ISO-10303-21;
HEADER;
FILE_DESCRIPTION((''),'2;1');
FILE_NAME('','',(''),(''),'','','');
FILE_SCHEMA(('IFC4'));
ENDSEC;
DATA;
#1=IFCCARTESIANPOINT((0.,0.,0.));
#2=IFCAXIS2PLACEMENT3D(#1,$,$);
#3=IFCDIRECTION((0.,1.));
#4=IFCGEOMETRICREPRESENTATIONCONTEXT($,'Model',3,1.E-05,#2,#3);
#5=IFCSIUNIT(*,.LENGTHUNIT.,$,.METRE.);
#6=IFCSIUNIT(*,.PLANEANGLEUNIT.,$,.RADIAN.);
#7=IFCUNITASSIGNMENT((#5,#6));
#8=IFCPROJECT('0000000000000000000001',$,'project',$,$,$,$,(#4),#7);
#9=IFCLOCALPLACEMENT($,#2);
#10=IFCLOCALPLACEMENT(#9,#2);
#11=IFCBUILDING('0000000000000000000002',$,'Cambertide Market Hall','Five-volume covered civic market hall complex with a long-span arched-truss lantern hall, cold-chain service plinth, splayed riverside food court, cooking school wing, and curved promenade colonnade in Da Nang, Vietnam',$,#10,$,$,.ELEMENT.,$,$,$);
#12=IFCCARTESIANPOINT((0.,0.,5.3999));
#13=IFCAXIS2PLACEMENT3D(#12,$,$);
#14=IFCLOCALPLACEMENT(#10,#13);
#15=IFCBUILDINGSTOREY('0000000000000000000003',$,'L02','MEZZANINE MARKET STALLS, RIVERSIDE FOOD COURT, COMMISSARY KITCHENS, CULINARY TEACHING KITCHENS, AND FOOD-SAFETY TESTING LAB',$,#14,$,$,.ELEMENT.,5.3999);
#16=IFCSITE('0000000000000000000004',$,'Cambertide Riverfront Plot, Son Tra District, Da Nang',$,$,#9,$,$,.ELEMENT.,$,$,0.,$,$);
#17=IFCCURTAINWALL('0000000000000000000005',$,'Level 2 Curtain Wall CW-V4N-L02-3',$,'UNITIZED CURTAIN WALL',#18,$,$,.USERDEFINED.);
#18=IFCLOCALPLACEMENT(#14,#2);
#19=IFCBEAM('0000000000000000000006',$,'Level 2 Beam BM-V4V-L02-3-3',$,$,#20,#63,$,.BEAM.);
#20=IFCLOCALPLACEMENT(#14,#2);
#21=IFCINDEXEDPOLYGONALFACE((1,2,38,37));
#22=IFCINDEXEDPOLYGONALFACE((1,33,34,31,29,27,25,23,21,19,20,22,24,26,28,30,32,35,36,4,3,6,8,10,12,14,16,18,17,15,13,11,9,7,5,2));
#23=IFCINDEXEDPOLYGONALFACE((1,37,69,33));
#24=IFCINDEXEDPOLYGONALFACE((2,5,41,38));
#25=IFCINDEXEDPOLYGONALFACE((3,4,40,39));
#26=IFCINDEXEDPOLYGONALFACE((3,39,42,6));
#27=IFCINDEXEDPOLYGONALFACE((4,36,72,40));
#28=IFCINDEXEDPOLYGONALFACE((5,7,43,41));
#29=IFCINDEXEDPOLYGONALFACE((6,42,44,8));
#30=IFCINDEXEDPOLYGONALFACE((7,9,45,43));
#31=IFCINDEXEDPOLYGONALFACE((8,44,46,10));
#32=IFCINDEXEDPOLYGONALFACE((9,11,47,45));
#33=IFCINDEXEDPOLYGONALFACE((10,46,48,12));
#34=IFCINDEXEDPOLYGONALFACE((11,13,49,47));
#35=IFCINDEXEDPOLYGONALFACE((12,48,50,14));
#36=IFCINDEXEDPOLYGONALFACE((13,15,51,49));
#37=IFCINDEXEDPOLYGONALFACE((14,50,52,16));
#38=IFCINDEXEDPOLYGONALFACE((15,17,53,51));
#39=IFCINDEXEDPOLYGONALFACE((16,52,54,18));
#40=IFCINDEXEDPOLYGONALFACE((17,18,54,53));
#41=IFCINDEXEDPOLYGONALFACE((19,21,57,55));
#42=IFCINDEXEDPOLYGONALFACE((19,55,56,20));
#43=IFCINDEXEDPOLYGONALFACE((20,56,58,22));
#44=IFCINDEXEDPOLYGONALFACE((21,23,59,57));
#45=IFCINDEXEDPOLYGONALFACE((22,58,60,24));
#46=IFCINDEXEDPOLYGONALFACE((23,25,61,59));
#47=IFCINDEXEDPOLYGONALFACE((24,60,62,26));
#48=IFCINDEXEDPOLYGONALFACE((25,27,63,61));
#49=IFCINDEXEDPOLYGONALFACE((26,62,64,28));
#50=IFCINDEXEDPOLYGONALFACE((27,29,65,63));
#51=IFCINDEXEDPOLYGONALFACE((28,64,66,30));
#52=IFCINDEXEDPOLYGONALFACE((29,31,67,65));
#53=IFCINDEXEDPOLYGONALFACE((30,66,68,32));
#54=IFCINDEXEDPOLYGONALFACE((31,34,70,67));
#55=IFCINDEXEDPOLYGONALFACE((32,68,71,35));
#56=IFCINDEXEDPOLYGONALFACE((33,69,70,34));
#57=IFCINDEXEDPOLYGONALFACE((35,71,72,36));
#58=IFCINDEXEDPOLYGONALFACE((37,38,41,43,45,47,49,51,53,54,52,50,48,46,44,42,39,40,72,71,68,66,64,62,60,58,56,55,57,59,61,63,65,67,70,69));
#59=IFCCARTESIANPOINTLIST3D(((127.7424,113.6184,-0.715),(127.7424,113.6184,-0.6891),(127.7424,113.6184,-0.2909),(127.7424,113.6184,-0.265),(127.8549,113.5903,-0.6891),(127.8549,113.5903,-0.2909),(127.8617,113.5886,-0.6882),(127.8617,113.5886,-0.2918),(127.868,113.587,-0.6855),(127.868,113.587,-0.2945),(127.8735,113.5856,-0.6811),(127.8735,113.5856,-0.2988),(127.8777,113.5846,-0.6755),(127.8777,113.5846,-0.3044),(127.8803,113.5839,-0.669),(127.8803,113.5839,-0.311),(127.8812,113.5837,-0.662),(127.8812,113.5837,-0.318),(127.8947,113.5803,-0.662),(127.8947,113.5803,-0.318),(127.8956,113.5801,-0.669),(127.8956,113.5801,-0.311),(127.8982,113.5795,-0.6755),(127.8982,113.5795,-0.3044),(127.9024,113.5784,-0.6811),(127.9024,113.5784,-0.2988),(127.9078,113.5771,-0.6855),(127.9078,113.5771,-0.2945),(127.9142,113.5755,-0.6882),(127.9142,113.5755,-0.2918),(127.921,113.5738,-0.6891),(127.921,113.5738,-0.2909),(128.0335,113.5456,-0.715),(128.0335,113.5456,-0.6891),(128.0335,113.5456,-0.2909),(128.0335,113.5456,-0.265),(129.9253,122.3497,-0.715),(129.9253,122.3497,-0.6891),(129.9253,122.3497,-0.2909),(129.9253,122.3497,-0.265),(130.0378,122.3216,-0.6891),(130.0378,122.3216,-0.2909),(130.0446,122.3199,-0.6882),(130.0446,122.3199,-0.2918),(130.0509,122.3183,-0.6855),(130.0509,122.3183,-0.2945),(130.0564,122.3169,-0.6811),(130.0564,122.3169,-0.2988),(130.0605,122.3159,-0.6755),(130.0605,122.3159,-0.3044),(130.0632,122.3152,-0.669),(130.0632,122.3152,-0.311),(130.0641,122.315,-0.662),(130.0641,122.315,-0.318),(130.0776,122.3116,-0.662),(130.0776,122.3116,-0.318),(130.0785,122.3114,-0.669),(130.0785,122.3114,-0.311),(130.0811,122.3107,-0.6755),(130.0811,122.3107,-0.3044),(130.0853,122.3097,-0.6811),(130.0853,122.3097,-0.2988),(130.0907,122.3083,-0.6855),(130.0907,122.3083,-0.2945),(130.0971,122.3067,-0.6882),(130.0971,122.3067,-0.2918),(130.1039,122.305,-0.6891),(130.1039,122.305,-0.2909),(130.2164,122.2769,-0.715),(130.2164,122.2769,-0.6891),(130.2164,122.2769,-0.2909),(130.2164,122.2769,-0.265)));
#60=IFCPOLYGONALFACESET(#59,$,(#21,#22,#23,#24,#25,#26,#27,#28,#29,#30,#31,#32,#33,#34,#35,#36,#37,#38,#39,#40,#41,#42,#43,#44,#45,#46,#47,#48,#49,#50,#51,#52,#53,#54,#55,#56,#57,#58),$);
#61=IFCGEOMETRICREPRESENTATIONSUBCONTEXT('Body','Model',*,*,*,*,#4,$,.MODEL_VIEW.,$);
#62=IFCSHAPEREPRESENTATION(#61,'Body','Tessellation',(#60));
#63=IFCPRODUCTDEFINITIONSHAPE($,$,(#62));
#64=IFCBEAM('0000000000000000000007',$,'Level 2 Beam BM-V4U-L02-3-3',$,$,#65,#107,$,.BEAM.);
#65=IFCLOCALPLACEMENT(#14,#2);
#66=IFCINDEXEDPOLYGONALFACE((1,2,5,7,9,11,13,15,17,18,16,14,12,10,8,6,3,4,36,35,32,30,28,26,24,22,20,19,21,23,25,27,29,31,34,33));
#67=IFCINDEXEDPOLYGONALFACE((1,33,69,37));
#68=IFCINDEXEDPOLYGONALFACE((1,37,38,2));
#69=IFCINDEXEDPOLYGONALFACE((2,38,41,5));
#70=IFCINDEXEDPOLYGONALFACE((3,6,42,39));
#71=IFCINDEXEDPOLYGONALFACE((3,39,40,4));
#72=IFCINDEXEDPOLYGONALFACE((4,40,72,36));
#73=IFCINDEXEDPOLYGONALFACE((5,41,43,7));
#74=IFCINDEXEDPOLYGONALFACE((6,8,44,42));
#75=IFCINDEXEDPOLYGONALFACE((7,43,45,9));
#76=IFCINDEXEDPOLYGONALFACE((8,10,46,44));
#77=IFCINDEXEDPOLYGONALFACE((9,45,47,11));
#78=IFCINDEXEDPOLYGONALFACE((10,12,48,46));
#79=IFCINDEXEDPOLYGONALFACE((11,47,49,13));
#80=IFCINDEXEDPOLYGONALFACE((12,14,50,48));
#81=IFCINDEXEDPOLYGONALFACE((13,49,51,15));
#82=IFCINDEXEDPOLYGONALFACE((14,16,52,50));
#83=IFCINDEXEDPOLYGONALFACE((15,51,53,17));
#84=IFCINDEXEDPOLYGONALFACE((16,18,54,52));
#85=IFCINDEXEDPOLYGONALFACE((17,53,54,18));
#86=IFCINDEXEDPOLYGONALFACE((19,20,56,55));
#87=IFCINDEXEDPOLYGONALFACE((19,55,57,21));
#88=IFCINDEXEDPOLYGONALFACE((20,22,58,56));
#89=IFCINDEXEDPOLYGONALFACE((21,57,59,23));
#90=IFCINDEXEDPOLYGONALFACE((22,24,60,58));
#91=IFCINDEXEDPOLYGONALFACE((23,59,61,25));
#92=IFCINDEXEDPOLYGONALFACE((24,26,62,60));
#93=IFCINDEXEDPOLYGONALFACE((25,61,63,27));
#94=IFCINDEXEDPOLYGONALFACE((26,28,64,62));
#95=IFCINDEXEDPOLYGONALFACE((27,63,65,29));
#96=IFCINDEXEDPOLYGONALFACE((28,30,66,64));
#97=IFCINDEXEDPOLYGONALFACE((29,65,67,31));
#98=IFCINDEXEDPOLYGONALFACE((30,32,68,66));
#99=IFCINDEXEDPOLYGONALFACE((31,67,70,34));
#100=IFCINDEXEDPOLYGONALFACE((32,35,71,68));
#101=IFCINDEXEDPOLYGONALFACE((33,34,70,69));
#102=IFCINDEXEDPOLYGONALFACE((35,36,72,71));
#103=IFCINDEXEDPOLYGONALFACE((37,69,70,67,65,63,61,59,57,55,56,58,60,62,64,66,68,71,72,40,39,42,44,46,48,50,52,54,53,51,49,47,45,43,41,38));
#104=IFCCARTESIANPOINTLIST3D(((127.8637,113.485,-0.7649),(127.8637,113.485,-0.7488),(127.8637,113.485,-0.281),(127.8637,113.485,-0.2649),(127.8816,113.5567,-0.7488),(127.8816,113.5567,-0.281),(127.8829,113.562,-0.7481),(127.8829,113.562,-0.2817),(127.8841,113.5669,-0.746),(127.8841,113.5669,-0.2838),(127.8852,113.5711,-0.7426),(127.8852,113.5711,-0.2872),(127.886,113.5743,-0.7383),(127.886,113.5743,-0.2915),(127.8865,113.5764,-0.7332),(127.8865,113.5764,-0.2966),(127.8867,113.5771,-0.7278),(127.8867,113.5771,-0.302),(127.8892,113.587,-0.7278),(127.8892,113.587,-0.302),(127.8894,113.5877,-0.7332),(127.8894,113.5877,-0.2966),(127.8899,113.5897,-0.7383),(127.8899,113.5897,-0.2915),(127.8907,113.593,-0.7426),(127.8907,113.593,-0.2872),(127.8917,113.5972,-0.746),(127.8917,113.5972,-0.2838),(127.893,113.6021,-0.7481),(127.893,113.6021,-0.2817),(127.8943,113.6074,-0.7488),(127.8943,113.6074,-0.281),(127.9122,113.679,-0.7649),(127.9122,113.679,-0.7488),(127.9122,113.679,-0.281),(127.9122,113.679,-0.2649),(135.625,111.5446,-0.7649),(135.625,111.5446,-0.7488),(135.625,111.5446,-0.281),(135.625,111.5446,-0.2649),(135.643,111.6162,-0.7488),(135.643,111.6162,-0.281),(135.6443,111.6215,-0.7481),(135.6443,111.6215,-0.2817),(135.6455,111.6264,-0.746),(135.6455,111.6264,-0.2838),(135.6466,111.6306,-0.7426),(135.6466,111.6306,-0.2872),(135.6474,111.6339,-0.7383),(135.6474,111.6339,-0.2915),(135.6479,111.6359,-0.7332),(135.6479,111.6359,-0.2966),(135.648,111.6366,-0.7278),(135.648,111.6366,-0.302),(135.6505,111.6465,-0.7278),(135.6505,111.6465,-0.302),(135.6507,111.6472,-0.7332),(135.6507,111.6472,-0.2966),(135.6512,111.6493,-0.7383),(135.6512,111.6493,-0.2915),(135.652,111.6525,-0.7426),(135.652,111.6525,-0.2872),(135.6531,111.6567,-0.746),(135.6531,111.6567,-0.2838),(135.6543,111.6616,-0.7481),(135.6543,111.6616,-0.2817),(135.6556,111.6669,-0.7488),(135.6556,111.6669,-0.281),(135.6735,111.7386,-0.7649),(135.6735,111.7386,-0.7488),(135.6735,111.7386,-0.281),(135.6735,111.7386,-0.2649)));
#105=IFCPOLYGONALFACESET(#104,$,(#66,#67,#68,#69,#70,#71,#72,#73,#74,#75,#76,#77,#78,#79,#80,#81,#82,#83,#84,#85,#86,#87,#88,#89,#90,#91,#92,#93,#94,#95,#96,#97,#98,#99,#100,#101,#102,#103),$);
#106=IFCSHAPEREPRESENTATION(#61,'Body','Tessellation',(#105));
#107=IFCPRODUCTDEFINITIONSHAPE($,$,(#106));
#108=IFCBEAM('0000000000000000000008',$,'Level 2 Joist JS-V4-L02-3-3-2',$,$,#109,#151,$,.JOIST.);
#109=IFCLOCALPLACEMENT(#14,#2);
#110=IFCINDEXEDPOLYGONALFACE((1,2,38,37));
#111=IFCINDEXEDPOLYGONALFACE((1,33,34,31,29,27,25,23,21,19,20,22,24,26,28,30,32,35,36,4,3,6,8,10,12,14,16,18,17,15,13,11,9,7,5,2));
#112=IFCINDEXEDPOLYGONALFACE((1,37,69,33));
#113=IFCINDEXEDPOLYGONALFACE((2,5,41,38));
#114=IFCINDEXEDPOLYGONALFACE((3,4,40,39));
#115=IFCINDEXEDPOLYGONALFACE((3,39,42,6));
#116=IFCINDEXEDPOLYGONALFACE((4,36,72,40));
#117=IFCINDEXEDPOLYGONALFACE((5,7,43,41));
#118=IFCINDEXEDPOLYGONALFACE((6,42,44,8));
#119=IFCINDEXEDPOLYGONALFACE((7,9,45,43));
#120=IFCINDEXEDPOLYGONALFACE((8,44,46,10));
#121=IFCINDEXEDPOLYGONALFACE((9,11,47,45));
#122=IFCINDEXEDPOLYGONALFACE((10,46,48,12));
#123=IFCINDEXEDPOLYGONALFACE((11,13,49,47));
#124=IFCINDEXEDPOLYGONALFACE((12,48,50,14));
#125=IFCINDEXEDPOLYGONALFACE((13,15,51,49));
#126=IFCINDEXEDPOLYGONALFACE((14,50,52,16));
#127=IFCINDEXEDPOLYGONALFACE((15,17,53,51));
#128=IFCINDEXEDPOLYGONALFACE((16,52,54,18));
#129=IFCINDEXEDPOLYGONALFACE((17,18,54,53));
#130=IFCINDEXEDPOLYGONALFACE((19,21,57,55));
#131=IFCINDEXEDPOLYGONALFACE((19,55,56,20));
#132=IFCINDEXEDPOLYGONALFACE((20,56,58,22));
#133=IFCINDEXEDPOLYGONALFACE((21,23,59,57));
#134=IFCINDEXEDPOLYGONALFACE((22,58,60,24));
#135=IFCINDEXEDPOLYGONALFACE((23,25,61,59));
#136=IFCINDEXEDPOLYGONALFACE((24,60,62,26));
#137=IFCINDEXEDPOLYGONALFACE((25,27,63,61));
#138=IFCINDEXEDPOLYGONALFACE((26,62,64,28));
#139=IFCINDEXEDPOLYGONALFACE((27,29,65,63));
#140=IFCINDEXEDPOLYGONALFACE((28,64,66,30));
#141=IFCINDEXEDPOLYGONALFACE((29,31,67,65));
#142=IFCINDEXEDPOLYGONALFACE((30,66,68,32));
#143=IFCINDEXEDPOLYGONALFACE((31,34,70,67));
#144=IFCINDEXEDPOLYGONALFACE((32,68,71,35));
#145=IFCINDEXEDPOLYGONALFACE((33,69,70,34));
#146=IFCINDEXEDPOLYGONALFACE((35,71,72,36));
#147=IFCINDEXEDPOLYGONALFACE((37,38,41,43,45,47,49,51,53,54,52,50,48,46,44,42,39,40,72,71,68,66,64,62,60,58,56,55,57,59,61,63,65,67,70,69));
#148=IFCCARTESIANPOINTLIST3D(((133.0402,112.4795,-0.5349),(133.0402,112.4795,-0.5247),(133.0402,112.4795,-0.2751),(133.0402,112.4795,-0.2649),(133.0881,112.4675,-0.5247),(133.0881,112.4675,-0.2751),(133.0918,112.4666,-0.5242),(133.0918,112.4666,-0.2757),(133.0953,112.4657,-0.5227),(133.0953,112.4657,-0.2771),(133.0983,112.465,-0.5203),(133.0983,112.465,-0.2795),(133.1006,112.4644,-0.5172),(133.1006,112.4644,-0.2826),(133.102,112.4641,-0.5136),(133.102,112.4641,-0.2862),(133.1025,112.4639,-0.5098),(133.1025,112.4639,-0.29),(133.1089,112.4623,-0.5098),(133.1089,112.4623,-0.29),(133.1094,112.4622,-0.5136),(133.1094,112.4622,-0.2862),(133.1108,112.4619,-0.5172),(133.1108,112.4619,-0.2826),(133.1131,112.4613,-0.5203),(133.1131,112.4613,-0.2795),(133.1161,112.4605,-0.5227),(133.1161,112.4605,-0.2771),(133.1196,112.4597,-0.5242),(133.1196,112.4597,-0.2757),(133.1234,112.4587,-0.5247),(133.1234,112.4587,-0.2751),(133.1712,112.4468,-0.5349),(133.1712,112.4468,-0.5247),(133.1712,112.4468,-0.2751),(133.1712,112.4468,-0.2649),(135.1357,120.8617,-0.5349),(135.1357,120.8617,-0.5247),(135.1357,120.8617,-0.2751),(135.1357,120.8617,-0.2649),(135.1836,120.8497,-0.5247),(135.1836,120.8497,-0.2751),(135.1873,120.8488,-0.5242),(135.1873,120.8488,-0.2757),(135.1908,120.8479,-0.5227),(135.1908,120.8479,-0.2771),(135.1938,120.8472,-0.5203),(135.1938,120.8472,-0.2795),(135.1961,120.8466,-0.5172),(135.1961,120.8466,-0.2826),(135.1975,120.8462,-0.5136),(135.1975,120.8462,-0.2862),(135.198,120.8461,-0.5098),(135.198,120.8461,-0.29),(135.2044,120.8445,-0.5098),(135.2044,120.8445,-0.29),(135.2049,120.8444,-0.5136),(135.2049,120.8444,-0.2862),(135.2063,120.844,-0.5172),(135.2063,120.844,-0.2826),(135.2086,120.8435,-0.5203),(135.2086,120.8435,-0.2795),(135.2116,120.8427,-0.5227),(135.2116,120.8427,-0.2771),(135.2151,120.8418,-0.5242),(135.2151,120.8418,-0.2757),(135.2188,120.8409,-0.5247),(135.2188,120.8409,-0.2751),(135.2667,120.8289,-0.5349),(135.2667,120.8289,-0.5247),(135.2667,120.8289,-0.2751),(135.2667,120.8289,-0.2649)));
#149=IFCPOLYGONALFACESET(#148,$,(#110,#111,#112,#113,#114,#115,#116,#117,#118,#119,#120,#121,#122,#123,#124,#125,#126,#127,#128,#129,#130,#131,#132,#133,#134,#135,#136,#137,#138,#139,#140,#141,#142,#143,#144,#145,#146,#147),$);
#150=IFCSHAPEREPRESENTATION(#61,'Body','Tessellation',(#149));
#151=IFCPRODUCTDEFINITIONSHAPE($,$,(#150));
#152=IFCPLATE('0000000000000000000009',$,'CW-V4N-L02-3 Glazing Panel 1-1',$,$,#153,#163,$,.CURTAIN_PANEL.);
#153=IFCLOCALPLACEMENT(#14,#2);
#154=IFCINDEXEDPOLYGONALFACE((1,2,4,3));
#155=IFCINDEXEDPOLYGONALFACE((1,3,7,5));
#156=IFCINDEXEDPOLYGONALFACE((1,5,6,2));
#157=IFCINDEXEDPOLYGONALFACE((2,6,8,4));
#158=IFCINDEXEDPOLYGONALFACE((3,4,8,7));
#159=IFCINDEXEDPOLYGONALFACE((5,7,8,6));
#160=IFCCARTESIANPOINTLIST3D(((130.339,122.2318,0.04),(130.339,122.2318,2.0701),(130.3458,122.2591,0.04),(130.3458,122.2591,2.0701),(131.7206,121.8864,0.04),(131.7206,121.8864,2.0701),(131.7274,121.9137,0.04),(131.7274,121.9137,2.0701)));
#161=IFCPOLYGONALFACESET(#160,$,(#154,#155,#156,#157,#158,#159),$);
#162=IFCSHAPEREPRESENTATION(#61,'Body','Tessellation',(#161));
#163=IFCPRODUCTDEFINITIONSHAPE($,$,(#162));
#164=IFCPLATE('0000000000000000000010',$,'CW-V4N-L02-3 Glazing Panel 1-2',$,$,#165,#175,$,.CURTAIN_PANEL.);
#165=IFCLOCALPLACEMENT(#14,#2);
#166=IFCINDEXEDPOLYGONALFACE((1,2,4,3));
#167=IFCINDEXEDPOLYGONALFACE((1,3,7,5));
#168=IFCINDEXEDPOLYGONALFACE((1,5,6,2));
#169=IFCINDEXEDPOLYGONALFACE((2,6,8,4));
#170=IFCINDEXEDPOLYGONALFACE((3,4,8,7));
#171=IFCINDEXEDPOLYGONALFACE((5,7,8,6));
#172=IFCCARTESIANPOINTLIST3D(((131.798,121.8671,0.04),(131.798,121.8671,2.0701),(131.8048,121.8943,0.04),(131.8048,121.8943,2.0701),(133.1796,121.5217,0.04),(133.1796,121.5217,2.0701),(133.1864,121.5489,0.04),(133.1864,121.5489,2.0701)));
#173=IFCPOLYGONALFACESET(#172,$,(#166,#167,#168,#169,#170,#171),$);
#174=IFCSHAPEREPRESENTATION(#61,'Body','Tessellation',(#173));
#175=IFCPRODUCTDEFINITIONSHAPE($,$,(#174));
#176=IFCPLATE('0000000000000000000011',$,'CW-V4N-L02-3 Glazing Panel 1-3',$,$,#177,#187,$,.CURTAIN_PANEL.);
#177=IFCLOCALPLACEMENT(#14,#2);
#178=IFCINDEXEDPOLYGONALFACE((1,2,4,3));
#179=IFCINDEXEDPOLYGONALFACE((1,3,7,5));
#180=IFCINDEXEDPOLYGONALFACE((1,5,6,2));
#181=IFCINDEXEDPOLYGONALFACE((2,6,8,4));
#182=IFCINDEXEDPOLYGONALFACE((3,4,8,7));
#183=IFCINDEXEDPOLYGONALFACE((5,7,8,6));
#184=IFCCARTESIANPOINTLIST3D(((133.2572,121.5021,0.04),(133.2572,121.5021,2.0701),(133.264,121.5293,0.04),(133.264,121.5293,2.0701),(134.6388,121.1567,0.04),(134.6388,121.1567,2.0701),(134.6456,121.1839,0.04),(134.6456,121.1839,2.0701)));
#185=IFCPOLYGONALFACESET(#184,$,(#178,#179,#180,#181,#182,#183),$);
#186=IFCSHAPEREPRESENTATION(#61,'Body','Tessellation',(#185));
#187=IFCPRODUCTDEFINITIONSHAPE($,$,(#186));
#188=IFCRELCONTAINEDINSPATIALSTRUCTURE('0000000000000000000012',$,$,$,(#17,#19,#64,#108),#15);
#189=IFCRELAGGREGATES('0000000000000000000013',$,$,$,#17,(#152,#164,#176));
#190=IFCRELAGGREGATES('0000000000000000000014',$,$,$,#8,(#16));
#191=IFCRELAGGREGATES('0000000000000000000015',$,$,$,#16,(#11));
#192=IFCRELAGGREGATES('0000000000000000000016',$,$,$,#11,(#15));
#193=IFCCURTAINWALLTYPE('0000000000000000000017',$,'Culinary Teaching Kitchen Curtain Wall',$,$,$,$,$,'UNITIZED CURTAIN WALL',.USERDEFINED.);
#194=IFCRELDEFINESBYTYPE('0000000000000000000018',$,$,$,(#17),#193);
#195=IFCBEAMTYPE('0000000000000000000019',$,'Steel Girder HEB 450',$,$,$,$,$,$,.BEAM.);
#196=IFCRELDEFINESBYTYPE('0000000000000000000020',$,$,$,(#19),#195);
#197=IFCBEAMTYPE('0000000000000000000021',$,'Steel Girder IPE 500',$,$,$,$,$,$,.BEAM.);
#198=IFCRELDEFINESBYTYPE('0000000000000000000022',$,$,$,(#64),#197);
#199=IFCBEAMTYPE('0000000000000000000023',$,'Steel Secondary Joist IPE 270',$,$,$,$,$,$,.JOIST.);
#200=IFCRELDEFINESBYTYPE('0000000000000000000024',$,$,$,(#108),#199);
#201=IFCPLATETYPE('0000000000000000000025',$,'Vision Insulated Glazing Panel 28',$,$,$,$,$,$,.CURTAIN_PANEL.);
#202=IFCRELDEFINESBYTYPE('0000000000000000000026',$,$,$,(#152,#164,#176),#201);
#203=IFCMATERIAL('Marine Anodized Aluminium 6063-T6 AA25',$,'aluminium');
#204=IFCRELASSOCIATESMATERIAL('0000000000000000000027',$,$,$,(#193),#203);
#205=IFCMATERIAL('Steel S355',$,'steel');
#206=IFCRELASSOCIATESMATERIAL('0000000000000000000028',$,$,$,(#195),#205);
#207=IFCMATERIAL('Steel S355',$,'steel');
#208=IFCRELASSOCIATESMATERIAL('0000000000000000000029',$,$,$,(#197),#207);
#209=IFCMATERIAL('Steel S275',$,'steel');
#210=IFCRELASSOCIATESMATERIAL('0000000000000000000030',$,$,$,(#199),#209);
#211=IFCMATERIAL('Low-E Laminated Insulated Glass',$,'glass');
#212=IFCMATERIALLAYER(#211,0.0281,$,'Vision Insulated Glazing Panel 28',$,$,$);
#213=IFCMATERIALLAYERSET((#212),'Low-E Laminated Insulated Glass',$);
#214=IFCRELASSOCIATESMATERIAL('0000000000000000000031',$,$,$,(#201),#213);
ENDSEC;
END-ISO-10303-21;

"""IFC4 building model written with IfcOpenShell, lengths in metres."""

from ifc_helpers import new_model, si_unit, direction, frame, origin, origin_2d, place, context, subcontext, project, spatial, rectangle, i_section, extrude, material, layer, layer_set, material_profile, profile_set, type_object, element, aggregate, save


model = new_model("IFC4")

# Units and contexts
model_context = context("Model", 3, precision=1e-05, world=origin(), true_north=direction((0.0, 1.0)))
body_context = subcontext(model_context, "Body", "Model", "MODEL_VIEW")
ifc_project = project(units=[si_unit("LENGTHUNIT", "METRE"), si_unit("PLANEANGLEUNIT", "RADIAN")], contexts=[model_context])

# Site, building, storey
site_placement = place(None, origin())
site = spatial("IfcSite", under=ifc_project, at=site_placement, Name="Cambertide Riverfront Plot, Son Tra District, Da Nang", CompositionType="ELEMENT", RefElevation=0.0)
building_placement = place(site_placement, origin())
building = spatial("IfcBuilding", under=site, at=building_placement, Name="Cambertide Market Hall", Description="Five-volume covered civic market hall complex with a long-span arched-truss lantern hall, cold-chain service plinth, splayed riverside food court, cooking school wing, and curved promenade colonnade in Da Nang, Vietnam", CompositionType="ELEMENT")
storey_placement = place(building_placement, frame((0.0, 0.0, 5.3999)))
storey = spatial("IfcBuildingStorey", under=building, at=storey_placement, Name="L02", Description="MEZZANINE MARKET STALLS, RIVERSIDE FOOD COURT, COMMISSARY KITCHENS, CULINARY TEACHING KITCHENS, AND FOOD-SAFETY TESTING LAB", CompositionType="ELEMENT", Elevation=5.3999)

# Curtain wall
ifc_material_1 = material(Name="Marine Anodized Aluminium 6063-T6 AA25", Category="aluminium")
curtain_wall_type = type_object("IfcCurtainWallType", Name="Culinary Teaching Kitchen Curtain Wall", ElementType="UNITIZED CURTAIN WALL", PredefinedType="USERDEFINED", material=ifc_material_1)
curtain_wall_placement = place(storey_placement, origin())
curtain_wall = element("IfcCurtainWall", 1, at=curtain_wall_placement, inside=storey, type_object=curtain_wall_type, Name="Level 2 Curtain Wall CW-V4N-L02-3", ObjectType="UNITIZED CURTAIN WALL", PredefinedType="USERDEFINED")

# Beams
ifc_material_2 = material(Name="Steel S355", Category="steel")
ifc_material_profile_1 = material_profile(ifc_material_2, i_section(OverallWidth=0.3, OverallDepth=0.45, WebThickness=0.0139, FlangeThickness=0.0259, FilletRadius=0.0271, at=origin_2d()), Name="HEB 450")
ifc_profile_set_1 = profile_set([ifc_material_profile_1], Name="Steel S355")
beam_type_1 = type_object("IfcBeamType", Name="Steel Girder HEB 450", PredefinedType="BEAM", material=ifc_profile_set_1)
beam_1_placement = place(storey_placement, frame((127.8879, 113.582, -0.49), z_axis=(0.242542, 0.970141, 0.0), x_axis=(-0.970141, 0.242542, 0.0)))
element("IfcBeam", 2, at=beam_1_placement, inside=storey, type_object=beam_type_1, Name="Level 2 Beam BM-V4V-L02-3-3", PredefinedType="BEAM", context=body_context, shape_type="SweptSolid", body=[
    extrude(i_section(OverallWidth=0.3, OverallDepth=0.45, WebThickness=0.0139, FlangeThickness=0.0259, FilletRadius=0.0271, at=origin_2d()), origin(), (0.0, 0.0, 1.0), 9.0),
])
ifc_material_3 = material(Name="Steel S355", Category="steel")
ifc_material_profile_2 = material_profile(ifc_material_3, i_section(OverallWidth=0.2, OverallDepth=0.5, WebThickness=0.0103, FlangeThickness=0.0161, FilletRadius=0.021, at=origin_2d()), Name="IPE 500")
ifc_profile_set_2 = profile_set([ifc_material_profile_2], Name="Steel S355")
beam_type_2 = type_object("IfcBeamType", Name="Steel Girder IPE 500", PredefinedType="BEAM", material=ifc_profile_set_2)
beam_2_placement = place(storey_placement, frame((127.8879, 113.582, -0.5149), z_axis=(0.970139, -0.24255, 0.0), x_axis=(0.24255, 0.970139, 0.0)))
element("IfcBeam", 3, at=beam_2_placement, inside=storey, type_object=beam_type_2, Name="Level 2 Beam BM-V4U-L02-3-3", PredefinedType="BEAM", context=body_context, shape_type="SweptSolid", body=[
    extrude(i_section(OverallWidth=0.2, OverallDepth=0.5, WebThickness=0.0103, FlangeThickness=0.0161, FilletRadius=0.021, at=origin_2d()), origin(), (0.0, 0.0, 1.0), 8.0002),
])
ifc_material_4 = material(Name="Steel S275", Category="steel")
ifc_material_profile_3 = material_profile(ifc_material_4, i_section(OverallWidth=0.135, OverallDepth=0.27, WebThickness=0.0066, FlangeThickness=0.0103, FilletRadius=0.0149, at=origin_2d()), Name="IPE 270")
ifc_profile_set_3 = profile_set([ifc_material_profile_3], Name="Steel S275")
beam_type_3 = type_object("IfcBeamType", Name="Steel Secondary Joist IPE 270", PredefinedType="JOIST", material=ifc_profile_set_3)
beam_3_placement = place(storey_placement, frame((133.1057, 112.4631, -0.3999), z_axis=(0.242529, 0.970144, 0.0), x_axis=(-0.970144, 0.242529, 0.0)))
element("IfcBeam", 4, at=beam_3_placement, inside=storey, type_object=beam_type_3, Name="Level 2 Joist JS-V4-L02-3-3-2", PredefinedType="JOIST", context=body_context, shape_type="SweptSolid", body=[
    extrude(i_section(OverallWidth=0.135, OverallDepth=0.27, WebThickness=0.0066, FlangeThickness=0.0103, FilletRadius=0.0149, at=origin_2d()), origin(), (0.0, 0.0, 1.0), 8.6401),
])

# Plates
ifc_material_5 = material(Name="Low-E Laminated Insulated Glass", Category="glass")
ifc_layer_1 = layer(ifc_material_5, 0.0281, Name="Vision Insulated Glazing Panel 28")
ifc_layer_set_1 = layer_set([ifc_layer_1], Name="Low-E Laminated Insulated Glass")
plate_type = type_object("IfcPlateType", Name="Vision Insulated Glazing Panel 28", PredefinedType="CURTAIN_PANEL", material=ifc_layer_set_1)
plate_1_placement = place(storey_placement, frame((131.0332, 122.0728, 0.04), z_axis=(0.0, 0.0, 1.0), x_axis=(0.970143, -0.242536, 0.0)))
plate_1 = element("IfcPlate", 5, at=plate_1_placement, type_object=plate_type, Name="CW-V4N-L02-3 Glazing Panel 1-1", PredefinedType="CURTAIN_PANEL", context=body_context, shape_type="SweptSolid", body=[
    extrude(rectangle(XDim=1.4241, YDim=0.0281, at=origin_2d()), origin(), (0.0, 0.0, 1.0), 2.03),
])
plate_2_placement = place(storey_placement, frame((132.4922, 121.708, 0.04), z_axis=(0.0, 0.0, 1.0), x_axis=(0.970143, -0.242536, 0.0)))
plate_2 = element("IfcPlate", 6, at=plate_2_placement, type_object=plate_type, Name="CW-V4N-L02-3 Glazing Panel 1-2", PredefinedType="CURTAIN_PANEL", context=body_context, shape_type="SweptSolid", body=[
    extrude(rectangle(XDim=1.4241, YDim=0.0281, at=origin_2d()), origin(), (0.0, 0.0, 1.0), 2.03),
])
plate_3_placement = place(storey_placement, frame((133.9514, 121.343, 0.04), z_axis=(0.0, 0.0, 1.0), x_axis=(0.970143, -0.242536, 0.0)))
plate_3 = element("IfcPlate", 7, at=plate_3_placement, type_object=plate_type, Name="CW-V4N-L02-3 Glazing Panel 1-3", PredefinedType="CURTAIN_PANEL", context=body_context, shape_type="SweptSolid", body=[
    extrude(rectangle(XDim=1.4241, YDim=0.0281, at=origin_2d()), origin(), (0.0, 0.0, 1.0), 2.03),
])
aggregate(curtain_wall, [plate_1, plate_2, plate_3])

save(model, "model.ifc")
